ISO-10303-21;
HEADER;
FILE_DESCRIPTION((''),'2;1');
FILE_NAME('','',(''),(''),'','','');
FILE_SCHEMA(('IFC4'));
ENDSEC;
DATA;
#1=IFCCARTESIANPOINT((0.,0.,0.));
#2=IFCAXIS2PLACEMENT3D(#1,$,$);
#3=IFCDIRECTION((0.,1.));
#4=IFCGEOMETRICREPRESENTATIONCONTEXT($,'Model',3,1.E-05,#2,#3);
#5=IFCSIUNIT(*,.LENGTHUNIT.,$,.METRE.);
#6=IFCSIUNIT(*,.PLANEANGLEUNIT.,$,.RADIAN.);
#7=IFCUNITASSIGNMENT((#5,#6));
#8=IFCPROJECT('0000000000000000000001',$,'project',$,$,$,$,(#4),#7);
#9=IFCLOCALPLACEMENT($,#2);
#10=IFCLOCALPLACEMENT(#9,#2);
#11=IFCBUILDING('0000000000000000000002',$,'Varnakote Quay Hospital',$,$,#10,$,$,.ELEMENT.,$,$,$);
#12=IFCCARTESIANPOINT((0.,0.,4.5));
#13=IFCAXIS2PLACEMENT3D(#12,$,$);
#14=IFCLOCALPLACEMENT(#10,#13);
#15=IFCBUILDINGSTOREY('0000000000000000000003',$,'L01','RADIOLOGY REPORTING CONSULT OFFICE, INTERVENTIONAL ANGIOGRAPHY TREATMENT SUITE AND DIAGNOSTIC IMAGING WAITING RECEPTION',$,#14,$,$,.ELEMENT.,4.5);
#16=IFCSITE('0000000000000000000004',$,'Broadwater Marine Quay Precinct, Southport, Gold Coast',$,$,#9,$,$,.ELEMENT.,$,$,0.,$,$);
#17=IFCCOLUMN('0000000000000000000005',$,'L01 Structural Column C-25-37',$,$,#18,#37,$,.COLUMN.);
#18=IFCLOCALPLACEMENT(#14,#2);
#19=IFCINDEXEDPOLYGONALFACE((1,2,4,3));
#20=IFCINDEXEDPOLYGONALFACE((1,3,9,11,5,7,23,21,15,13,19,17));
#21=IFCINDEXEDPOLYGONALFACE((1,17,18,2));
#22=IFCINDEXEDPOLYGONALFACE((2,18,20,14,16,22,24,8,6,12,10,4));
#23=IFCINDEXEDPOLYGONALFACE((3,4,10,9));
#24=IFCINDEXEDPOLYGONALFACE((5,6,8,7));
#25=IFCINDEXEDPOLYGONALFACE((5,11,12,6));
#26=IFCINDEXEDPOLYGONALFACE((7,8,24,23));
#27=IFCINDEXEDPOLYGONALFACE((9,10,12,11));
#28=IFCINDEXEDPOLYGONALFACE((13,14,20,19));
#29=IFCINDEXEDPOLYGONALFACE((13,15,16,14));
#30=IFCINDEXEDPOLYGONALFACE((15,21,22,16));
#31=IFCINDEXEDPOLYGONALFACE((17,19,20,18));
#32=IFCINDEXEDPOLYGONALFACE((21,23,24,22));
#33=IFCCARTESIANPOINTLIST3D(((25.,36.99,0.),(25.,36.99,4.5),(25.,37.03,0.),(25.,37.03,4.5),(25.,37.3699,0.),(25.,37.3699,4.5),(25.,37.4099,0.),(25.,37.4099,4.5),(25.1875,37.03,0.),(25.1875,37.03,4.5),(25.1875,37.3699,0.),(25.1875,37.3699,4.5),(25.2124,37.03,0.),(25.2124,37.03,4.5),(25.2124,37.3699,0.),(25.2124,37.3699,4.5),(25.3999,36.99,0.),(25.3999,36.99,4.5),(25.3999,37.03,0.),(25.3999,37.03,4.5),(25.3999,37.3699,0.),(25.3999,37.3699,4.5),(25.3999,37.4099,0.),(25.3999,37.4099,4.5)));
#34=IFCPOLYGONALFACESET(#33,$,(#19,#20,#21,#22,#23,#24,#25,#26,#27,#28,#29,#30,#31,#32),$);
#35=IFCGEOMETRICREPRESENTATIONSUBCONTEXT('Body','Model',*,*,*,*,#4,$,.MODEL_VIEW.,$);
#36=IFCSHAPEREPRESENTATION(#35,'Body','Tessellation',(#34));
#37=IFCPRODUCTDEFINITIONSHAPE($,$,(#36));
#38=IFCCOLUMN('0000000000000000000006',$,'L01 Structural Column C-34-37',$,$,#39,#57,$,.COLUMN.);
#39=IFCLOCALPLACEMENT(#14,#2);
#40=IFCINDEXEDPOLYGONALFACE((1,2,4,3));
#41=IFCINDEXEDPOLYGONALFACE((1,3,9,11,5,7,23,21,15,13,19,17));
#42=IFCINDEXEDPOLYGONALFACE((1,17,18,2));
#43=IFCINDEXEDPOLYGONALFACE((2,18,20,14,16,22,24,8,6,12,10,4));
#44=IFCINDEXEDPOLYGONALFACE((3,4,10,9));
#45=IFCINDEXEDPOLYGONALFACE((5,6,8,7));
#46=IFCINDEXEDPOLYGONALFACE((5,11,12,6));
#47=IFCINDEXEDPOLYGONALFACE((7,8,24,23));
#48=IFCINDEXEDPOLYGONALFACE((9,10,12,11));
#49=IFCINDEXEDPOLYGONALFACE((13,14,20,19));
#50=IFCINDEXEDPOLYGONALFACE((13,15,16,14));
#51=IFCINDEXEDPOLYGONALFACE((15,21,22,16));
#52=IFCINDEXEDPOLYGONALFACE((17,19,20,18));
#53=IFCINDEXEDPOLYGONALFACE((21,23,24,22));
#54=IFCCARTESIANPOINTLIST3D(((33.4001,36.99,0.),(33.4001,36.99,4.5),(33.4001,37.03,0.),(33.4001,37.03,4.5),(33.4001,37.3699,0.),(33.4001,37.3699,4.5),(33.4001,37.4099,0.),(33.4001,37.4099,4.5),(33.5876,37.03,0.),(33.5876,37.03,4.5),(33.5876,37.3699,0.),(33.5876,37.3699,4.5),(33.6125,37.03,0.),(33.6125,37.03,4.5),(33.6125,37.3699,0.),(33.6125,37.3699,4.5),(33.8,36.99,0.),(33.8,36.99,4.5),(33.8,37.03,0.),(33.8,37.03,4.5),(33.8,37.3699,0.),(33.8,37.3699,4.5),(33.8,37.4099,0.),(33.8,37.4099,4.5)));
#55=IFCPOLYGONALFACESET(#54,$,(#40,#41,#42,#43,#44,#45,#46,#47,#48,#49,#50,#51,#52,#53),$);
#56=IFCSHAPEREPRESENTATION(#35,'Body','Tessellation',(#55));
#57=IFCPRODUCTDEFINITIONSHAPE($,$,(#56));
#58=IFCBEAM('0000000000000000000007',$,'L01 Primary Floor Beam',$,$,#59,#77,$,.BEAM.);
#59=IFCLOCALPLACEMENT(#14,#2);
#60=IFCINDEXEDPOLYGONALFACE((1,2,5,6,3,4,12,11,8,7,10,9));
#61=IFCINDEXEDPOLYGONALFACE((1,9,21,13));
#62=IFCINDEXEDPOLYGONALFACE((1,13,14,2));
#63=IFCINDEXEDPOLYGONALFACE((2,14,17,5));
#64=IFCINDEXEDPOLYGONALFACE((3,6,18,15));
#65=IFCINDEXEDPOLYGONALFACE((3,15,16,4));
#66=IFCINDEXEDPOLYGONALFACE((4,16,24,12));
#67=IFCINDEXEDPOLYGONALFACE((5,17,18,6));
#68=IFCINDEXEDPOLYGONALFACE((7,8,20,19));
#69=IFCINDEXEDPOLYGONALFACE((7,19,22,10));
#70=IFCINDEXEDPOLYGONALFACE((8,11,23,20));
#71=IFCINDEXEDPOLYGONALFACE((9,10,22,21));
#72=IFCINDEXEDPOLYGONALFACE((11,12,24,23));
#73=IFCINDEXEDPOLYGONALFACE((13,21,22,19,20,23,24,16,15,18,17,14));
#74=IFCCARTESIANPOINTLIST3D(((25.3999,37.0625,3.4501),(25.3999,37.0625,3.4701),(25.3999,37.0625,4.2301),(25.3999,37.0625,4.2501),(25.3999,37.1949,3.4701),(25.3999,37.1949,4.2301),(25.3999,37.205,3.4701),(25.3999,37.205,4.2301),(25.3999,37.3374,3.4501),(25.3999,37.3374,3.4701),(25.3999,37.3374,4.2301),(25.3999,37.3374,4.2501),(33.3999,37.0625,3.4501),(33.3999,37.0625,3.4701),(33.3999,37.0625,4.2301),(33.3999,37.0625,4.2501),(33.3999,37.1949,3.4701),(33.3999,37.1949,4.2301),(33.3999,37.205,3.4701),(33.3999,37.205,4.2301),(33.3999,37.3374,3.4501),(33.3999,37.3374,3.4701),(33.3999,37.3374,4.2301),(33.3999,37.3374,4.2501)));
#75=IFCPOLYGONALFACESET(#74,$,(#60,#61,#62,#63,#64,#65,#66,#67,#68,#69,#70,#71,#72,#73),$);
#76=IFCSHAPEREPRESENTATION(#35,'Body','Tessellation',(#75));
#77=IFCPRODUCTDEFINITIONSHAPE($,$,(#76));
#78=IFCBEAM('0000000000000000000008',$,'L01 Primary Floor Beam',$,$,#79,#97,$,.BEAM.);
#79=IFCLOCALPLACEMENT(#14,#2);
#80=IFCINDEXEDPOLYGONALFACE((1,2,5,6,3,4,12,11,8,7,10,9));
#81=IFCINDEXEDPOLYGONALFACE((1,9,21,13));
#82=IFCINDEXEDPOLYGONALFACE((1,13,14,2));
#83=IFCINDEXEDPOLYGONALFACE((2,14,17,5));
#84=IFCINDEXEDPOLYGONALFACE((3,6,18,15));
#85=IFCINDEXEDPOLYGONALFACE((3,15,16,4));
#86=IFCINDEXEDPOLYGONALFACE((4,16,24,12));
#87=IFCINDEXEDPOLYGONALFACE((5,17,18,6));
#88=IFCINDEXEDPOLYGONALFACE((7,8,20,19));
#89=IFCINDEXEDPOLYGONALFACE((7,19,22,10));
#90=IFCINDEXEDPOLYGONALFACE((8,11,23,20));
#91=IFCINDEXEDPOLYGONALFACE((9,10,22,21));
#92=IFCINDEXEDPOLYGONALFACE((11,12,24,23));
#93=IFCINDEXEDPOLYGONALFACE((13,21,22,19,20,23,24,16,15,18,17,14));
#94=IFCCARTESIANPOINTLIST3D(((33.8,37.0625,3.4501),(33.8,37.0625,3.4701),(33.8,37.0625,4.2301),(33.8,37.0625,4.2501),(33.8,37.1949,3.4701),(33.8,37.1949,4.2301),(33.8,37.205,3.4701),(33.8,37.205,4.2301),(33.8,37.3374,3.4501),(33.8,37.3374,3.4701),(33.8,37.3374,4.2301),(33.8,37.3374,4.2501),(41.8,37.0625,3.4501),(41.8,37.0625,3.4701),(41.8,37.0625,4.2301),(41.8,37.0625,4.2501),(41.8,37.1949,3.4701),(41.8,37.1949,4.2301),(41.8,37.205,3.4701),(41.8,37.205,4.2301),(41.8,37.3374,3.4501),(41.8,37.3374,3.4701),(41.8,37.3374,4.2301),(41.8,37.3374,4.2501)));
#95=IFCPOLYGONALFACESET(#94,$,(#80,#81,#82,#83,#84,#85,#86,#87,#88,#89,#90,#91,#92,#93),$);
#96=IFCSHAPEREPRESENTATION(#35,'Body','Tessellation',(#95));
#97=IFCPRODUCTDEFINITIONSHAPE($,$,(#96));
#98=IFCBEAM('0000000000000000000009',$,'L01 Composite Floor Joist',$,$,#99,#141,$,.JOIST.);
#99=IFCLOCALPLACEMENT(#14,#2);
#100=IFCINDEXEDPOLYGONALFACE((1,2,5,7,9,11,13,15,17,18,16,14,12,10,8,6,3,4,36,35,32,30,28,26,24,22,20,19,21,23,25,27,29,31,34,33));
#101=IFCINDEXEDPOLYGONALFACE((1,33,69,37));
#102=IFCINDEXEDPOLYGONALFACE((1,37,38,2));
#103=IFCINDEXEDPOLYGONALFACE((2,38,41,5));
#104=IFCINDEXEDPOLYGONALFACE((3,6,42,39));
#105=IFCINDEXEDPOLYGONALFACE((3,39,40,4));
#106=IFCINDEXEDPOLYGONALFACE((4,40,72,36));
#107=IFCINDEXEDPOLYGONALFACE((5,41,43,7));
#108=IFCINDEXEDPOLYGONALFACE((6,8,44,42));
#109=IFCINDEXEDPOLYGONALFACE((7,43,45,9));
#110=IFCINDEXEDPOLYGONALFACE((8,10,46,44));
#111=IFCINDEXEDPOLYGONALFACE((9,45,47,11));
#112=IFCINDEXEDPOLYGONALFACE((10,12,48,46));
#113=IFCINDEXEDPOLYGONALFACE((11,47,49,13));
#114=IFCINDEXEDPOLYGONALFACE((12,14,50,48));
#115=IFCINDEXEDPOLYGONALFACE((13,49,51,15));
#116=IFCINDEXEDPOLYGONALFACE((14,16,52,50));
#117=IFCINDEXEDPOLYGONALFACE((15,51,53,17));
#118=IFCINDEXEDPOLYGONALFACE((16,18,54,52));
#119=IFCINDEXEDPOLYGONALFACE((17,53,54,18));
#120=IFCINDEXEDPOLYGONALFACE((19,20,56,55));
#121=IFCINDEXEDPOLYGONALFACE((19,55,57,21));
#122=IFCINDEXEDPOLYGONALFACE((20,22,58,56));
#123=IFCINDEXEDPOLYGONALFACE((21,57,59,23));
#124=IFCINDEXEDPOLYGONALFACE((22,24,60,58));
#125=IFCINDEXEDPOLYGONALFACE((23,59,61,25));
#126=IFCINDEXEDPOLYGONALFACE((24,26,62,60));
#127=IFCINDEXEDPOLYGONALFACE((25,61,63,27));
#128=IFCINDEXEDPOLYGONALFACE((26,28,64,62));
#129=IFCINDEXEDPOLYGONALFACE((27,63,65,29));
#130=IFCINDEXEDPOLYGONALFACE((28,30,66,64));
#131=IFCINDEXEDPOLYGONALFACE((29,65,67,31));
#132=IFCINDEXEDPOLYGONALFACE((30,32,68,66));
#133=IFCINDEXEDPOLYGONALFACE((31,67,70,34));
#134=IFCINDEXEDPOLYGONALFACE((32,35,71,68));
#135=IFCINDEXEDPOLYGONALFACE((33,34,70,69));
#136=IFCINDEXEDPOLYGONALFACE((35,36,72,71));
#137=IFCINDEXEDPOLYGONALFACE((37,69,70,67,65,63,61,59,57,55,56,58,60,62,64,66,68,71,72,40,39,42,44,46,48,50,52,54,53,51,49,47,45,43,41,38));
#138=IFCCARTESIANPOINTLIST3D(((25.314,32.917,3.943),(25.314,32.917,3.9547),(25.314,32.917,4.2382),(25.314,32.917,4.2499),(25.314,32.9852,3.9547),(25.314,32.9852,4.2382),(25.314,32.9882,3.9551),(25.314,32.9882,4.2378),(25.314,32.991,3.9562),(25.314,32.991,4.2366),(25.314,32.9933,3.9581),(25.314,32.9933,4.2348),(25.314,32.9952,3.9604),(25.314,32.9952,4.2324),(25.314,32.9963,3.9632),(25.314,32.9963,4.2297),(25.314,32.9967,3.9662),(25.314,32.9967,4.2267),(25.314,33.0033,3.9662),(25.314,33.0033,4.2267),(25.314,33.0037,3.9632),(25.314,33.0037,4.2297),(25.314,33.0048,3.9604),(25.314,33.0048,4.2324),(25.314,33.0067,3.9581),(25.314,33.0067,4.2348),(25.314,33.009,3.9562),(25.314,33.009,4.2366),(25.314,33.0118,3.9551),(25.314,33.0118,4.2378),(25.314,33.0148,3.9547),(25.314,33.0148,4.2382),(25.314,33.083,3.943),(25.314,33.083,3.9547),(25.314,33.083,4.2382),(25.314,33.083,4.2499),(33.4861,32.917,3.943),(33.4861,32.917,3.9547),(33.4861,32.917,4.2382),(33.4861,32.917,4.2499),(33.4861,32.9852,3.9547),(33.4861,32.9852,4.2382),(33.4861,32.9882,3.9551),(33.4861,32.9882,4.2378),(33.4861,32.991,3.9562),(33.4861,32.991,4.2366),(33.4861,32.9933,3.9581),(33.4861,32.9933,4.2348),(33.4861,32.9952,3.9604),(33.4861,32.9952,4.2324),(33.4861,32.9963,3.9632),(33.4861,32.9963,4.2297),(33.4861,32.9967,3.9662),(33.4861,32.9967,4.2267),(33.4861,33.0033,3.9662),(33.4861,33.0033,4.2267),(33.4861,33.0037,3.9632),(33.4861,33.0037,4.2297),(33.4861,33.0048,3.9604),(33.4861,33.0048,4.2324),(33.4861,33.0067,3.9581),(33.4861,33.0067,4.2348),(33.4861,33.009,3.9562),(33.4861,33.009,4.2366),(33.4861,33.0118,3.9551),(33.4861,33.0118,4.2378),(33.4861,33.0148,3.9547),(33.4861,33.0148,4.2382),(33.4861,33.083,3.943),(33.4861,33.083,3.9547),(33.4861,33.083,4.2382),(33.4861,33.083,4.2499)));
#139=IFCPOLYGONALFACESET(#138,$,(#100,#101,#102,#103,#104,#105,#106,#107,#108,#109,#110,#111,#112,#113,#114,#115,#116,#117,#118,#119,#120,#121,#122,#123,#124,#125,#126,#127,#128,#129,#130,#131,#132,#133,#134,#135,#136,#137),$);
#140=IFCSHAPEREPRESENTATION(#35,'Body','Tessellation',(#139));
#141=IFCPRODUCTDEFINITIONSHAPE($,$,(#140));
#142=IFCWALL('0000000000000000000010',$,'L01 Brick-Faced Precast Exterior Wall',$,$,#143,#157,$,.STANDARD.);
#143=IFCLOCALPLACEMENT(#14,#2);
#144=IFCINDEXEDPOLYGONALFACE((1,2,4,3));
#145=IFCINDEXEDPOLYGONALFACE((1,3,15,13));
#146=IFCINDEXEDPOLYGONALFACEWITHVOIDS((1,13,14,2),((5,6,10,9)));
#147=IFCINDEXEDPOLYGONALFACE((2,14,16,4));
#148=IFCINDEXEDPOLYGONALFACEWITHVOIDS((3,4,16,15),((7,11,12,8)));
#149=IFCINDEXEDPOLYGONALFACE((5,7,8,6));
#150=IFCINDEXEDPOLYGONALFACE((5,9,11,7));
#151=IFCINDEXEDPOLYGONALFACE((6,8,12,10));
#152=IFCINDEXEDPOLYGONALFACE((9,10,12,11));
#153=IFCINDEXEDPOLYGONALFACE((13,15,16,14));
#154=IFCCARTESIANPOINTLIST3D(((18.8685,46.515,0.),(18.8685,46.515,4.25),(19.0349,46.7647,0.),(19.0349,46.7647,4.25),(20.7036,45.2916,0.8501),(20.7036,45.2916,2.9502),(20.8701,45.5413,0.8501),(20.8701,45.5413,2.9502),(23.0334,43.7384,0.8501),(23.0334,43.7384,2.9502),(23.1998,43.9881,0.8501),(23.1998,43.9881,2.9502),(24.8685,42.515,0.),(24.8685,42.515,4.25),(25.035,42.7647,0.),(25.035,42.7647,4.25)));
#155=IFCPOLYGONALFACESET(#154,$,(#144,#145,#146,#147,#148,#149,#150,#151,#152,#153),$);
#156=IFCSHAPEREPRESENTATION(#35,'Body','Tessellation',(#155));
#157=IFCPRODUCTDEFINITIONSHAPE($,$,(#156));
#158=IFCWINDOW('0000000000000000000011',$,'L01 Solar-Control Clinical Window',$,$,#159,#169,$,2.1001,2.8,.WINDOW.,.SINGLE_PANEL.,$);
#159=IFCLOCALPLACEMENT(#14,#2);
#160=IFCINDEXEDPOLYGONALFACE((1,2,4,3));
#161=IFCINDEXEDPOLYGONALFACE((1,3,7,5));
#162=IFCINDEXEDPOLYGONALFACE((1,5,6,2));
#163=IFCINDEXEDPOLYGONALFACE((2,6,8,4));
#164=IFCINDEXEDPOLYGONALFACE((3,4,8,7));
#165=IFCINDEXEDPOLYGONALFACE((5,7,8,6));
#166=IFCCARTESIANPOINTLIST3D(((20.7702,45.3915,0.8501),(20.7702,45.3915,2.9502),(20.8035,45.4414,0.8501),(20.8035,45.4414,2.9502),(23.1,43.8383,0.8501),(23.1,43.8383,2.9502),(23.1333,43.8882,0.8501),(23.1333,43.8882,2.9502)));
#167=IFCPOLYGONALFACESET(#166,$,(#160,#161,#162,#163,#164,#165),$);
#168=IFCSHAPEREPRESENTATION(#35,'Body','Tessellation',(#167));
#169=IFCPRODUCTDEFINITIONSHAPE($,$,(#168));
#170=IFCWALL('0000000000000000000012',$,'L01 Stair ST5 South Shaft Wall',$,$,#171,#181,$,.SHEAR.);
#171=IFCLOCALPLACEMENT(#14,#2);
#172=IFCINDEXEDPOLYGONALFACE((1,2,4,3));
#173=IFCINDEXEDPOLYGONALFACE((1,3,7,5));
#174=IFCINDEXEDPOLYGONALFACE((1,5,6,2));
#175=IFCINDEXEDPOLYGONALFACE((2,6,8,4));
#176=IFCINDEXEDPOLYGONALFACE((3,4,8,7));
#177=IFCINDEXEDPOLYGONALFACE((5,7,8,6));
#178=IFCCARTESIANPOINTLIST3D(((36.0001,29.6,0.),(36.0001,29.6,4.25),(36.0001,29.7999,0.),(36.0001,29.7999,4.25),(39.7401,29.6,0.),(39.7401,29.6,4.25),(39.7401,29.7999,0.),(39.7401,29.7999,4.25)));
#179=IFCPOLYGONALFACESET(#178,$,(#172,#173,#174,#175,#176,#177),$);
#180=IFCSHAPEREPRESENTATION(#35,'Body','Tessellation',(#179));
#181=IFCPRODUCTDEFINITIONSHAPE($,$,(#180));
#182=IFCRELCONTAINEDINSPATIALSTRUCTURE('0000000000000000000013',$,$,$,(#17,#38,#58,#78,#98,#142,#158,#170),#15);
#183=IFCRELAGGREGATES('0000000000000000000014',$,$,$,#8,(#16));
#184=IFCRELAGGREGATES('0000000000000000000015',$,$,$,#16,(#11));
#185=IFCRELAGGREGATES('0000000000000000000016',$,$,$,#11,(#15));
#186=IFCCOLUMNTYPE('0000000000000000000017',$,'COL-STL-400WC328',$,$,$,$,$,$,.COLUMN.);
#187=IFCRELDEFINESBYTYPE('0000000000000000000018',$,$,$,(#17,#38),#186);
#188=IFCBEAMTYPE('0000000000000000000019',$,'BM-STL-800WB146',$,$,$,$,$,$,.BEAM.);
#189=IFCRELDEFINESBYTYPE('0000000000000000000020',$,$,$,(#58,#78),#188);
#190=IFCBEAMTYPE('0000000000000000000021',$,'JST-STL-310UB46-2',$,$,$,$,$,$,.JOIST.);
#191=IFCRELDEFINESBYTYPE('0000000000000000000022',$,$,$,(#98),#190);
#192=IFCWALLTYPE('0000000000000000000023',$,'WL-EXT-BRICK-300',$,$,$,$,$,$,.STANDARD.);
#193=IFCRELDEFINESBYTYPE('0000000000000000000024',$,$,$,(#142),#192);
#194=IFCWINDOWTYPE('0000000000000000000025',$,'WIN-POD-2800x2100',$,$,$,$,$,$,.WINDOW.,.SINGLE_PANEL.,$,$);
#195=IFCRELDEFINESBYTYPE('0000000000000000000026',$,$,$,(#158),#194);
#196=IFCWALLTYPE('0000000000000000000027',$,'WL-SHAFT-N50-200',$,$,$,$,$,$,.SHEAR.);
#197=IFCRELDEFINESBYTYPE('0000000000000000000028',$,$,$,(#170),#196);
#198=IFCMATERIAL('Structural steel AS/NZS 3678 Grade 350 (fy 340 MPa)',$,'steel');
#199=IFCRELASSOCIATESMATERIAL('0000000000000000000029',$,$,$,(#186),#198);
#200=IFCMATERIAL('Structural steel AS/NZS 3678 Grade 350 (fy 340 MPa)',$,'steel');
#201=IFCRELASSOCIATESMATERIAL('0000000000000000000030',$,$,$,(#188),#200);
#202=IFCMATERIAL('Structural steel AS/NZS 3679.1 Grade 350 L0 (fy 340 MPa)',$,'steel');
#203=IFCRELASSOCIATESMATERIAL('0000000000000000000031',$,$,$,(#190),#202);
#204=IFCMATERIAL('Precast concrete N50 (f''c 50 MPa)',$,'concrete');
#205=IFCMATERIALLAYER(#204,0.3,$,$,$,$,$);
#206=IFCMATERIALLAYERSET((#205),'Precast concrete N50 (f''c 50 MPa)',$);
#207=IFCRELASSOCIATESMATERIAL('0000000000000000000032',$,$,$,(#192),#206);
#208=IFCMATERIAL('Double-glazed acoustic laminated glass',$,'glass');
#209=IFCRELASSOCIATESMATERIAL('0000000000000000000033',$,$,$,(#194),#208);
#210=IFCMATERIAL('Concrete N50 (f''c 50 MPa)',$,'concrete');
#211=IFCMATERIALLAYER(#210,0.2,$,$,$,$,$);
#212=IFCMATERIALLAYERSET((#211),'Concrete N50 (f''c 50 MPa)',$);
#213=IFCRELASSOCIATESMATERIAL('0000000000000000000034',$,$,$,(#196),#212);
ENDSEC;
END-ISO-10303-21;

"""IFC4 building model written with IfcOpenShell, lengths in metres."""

from ifc_helpers import new_model, si_unit, direction, frame, frame_2d, origin, origin_2d, place, context, subcontext, project, spatial, rectangle, i_section, extrude, material, layer, layer_set, material_profile, profile_set, type_object, element, fill, save


model = new_model("IFC4")

# Units and contexts
model_context = context("Model", 3, precision=1e-05, world=origin(), true_north=direction((0.0, 1.0)))
body_context = subcontext(model_context, "Body", "Model", "MODEL_VIEW")
ifc_project = project(units=[si_unit("LENGTHUNIT", "METRE"), si_unit("PLANEANGLEUNIT", "RADIAN")], contexts=[model_context])

# Site, building, storey
site_placement = place(None, origin())
site = spatial("IfcSite", under=ifc_project, at=site_placement, Name="Broadwater Marine Quay Precinct, Southport, Gold Coast", CompositionType="ELEMENT", RefElevation=0.0)
building_placement = place(site_placement, origin())
building = spatial("IfcBuilding", under=site, at=building_placement, Name="Varnakote Quay Hospital", CompositionType="ELEMENT")
storey_placement = place(building_placement, frame((0.0, 0.0, 4.5)))
storey = spatial("IfcBuildingStorey", under=building, at=storey_placement, Name="L01", Description="RADIOLOGY REPORTING CONSULT OFFICE, INTERVENTIONAL ANGIOGRAPHY TREATMENT SUITE AND DIAGNOSTIC IMAGING WAITING RECEPTION", CompositionType="ELEMENT", Elevation=4.5)

# Columns
ifc_material_1 = material(Name="Structural steel AS/NZS 3678 Grade 350 (fy 340 MPa)", Category="steel")
ifc_material_profile_1 = material_profile(ifc_material_1, i_section(OverallWidth=0.3999, OverallDepth=0.4199, WebThickness=0.0249, FlangeThickness=0.04, at=origin_2d()), Name="400WC328")
ifc_profile_set_1 = profile_set([ifc_material_profile_1], Name="Structural steel AS/NZS 3678 Grade 350 (fy 340 MPa)")
column_type = type_object("IfcColumnType", Name="COL-STL-400WC328", PredefinedType="COLUMN", material=ifc_profile_set_1)
for number, where, z_axis, x_axis, name in (
    (1, (25.2, 37.2, 0.0), (0.0, 0.0, 1.0), (1.0, 0.0, 0.0), "L01 Structural Column C-25-37"),
    (2, (33.6001, 37.2, 0.0), (0.0, 0.0, 1.0), (1.0, 0.0, 0.0), "L01 Structural Column C-34-37"),
):
    element("IfcColumn", number, at=place(storey_placement, frame(where, z_axis=z_axis, x_axis=x_axis)), inside=storey, type_object=column_type, Name=name, PredefinedType="COLUMN", context=body_context, shape_type="SweptSolid", body=[
        extrude(i_section(OverallWidth=0.3999, OverallDepth=0.4199, WebThickness=0.0249, FlangeThickness=0.04, at=origin_2d()), origin(), (0.0, 0.0, 1.0), 4.5),
    ])

# Beams
ifc_material_2 = material(Name="Structural steel AS/NZS 3678 Grade 350 (fy 340 MPa)", Category="steel")
ifc_material_profile_2 = material_profile(ifc_material_2, i_section(OverallWidth=0.2749, OverallDepth=0.8, WebThickness=0.01, FlangeThickness=0.02, at=origin_2d()), Name="800WB146")
ifc_profile_set_2 = profile_set([ifc_material_profile_2], Name="Structural steel AS/NZS 3678 Grade 350 (fy 340 MPa)")
beam_type_1 = type_object("IfcBeamType", Name="BM-STL-800WB146", PredefinedType="BEAM", material=ifc_profile_set_2)
for number, where, z_axis, x_axis, name in (
    (3, (25.3999, 37.2, 3.8501), (1.0, 0.0, 0.0), (0.0, 1.0, 0.0), "L01 Primary Floor Beam"),
    (4, (33.8, 37.2, 3.8501), (1.0, 0.0, 0.0), (0.0, 1.0, 0.0), "L01 Primary Floor Beam"),
):
    element("IfcBeam", number, at=place(storey_placement, frame(where, z_axis=z_axis, x_axis=x_axis)), inside=storey, type_object=beam_type_1, Name=name, PredefinedType="BEAM", context=body_context, shape_type="SweptSolid", body=[
        extrude(i_section(OverallWidth=0.2749, OverallDepth=0.8, WebThickness=0.01, FlangeThickness=0.02, at=origin_2d()), origin(), (0.0, 0.0, 1.0), 8.0),
    ])
ifc_material_3 = material(Name="Structural steel AS/NZS 3679.1 Grade 350 L0 (fy 340 MPa)", Category="steel")
ifc_material_profile_3 = material_profile(ifc_material_3, i_section(OverallWidth=0.166, OverallDepth=0.3069, WebThickness=0.0066, FlangeThickness=0.0117, FilletRadius=0.0115, at=origin_2d()), Name="310UB46.2")
ifc_profile_set_3 = profile_set([ifc_material_profile_3], Name="Structural steel AS/NZS 3679.1 Grade 350 L0 (fy 340 MPa)")
beam_type_2 = type_object("IfcBeamType", Name="JST-STL-310UB46-2", PredefinedType="JOIST", material=ifc_profile_set_3)
beam_placement = place(storey_placement, frame((25.314, 33.0, 4.0964), z_axis=(1.0, 0.0, 0.0), x_axis=(0.0, 1.0, 0.0)))
element("IfcBeam", 5, at=beam_placement, inside=storey, type_object=beam_type_2, Name="L01 Composite Floor Joist", PredefinedType="JOIST", context=body_context, shape_type="SweptSolid", body=[
    extrude(i_section(OverallWidth=0.166, OverallDepth=0.3069, WebThickness=0.0066, FlangeThickness=0.0117, FilletRadius=0.0115, at=origin_2d()), origin(), (0.0, 0.0, 1.0), 8.1721),
])

# Wall, opening, window
ifc_material_4 = material(Name="Precast concrete N50 (f'c 50 MPa)", Category="concrete")
ifc_layer_1 = layer(ifc_material_4, 0.3)
ifc_layer_set_1 = layer_set([ifc_layer_1], Name="Precast concrete N50 (f'c 50 MPa)")
wall_type_1 = type_object("IfcWallType", Name="WL-EXT-BRICK-300", PredefinedType="STANDARD", material=ifc_layer_set_1)
wall_1_placement = place(storey_placement, frame((24.9517, 42.6399, 0.0), z_axis=(0.0, 0.0, 1.0), x_axis=(-0.83205, 0.5547, 0.0)))
wall_1 = element("IfcWall", 6, at=wall_1_placement, inside=storey, type_object=wall_type_1, Name="L01 Brick-Faced Precast Exterior Wall", PredefinedType="STANDARD", context=body_context, shape_type="SweptSolid", body=[
    extrude(rectangle(XDim=7.2112, YDim=0.3, at=frame_2d((3.6055, 0.0))), origin(), (0.0, 0.0, 1.0), 4.25),
])
opening_1_placement = place(wall_1_placement, frame((2.2056, 0.0, 0.8501)))
opening_1 = element("IfcOpeningElement", 7, at=opening_1_placement, cuts=wall_1, PredefinedType="OPENING", context=body_context, shape_type="SweptSolid", body=[
    extrude(rectangle(XDim=2.8, YDim=2.1001, at=frame_2d((1.3999, 1.05))), frame((0.0, 0.1599, 0.0), z_axis=(0.0, -1.0, 0.0), x_axis=(1.0, 0.0, 0.0)), (0.0, 0.0, 1.0), 0.3201),
])
ifc_material_5 = material(Name="Double-glazed acoustic laminated glass", Category="glass")
window_type = type_object("IfcWindowType", Name="WIN-POD-2800x2100", PartitioningType="SINGLE_PANEL", PredefinedType="WINDOW", material=ifc_material_5)
window_placement = place(opening_1_placement, origin())
window = element("IfcWindow", 8, at=window_placement, inside=storey, type_object=window_type, Name="L01 Solar-Control Clinical Window", OverallHeight=2.1001, OverallWidth=2.8, PartitioningType="SINGLE_PANEL", PredefinedType="WINDOW", context=body_context, shape_type="SweptSolid", body=[
    extrude(rectangle(XDim=2.8, YDim=2.1001, at=frame_2d((1.3999, 1.05))), frame((0.0, 0.03, 0.0), z_axis=(0.0, -1.0, 0.0), x_axis=(1.0, 0.0, 0.0)), (0.0, 0.0, 1.0), 0.0601),
])
fill(opening_1, window)

# Wall
ifc_material_6 = material(Name="Concrete N50 (f'c 50 MPa)", Category="concrete")
ifc_layer_2 = layer(ifc_material_6, 0.2)
ifc_layer_set_2 = layer_set([ifc_layer_2], Name="Concrete N50 (f'c 50 MPa)")
wall_type_2 = type_object("IfcWallType", Name="WL-SHAFT-N50-200", PredefinedType="SHEAR", material=ifc_layer_set_2)
wall_2_placement = place(storey_placement, frame((36.0, 29.7, 0.0), z_axis=(0.0, 0.0, 1.0), x_axis=(1.0, 0.0, 0.0)))
element("IfcWall", 9, at=wall_2_placement, inside=storey, type_object=wall_type_2, Name="L01 Stair ST5 South Shaft Wall", PredefinedType="SHEAR", context=body_context, shape_type="SweptSolid", body=[
    extrude(rectangle(XDim=3.74, YDim=0.2, at=frame_2d((1.8701, 0.0))), origin(), (0.0, 0.0, 1.0), 4.25),
])

save(model, "model.ifc")
